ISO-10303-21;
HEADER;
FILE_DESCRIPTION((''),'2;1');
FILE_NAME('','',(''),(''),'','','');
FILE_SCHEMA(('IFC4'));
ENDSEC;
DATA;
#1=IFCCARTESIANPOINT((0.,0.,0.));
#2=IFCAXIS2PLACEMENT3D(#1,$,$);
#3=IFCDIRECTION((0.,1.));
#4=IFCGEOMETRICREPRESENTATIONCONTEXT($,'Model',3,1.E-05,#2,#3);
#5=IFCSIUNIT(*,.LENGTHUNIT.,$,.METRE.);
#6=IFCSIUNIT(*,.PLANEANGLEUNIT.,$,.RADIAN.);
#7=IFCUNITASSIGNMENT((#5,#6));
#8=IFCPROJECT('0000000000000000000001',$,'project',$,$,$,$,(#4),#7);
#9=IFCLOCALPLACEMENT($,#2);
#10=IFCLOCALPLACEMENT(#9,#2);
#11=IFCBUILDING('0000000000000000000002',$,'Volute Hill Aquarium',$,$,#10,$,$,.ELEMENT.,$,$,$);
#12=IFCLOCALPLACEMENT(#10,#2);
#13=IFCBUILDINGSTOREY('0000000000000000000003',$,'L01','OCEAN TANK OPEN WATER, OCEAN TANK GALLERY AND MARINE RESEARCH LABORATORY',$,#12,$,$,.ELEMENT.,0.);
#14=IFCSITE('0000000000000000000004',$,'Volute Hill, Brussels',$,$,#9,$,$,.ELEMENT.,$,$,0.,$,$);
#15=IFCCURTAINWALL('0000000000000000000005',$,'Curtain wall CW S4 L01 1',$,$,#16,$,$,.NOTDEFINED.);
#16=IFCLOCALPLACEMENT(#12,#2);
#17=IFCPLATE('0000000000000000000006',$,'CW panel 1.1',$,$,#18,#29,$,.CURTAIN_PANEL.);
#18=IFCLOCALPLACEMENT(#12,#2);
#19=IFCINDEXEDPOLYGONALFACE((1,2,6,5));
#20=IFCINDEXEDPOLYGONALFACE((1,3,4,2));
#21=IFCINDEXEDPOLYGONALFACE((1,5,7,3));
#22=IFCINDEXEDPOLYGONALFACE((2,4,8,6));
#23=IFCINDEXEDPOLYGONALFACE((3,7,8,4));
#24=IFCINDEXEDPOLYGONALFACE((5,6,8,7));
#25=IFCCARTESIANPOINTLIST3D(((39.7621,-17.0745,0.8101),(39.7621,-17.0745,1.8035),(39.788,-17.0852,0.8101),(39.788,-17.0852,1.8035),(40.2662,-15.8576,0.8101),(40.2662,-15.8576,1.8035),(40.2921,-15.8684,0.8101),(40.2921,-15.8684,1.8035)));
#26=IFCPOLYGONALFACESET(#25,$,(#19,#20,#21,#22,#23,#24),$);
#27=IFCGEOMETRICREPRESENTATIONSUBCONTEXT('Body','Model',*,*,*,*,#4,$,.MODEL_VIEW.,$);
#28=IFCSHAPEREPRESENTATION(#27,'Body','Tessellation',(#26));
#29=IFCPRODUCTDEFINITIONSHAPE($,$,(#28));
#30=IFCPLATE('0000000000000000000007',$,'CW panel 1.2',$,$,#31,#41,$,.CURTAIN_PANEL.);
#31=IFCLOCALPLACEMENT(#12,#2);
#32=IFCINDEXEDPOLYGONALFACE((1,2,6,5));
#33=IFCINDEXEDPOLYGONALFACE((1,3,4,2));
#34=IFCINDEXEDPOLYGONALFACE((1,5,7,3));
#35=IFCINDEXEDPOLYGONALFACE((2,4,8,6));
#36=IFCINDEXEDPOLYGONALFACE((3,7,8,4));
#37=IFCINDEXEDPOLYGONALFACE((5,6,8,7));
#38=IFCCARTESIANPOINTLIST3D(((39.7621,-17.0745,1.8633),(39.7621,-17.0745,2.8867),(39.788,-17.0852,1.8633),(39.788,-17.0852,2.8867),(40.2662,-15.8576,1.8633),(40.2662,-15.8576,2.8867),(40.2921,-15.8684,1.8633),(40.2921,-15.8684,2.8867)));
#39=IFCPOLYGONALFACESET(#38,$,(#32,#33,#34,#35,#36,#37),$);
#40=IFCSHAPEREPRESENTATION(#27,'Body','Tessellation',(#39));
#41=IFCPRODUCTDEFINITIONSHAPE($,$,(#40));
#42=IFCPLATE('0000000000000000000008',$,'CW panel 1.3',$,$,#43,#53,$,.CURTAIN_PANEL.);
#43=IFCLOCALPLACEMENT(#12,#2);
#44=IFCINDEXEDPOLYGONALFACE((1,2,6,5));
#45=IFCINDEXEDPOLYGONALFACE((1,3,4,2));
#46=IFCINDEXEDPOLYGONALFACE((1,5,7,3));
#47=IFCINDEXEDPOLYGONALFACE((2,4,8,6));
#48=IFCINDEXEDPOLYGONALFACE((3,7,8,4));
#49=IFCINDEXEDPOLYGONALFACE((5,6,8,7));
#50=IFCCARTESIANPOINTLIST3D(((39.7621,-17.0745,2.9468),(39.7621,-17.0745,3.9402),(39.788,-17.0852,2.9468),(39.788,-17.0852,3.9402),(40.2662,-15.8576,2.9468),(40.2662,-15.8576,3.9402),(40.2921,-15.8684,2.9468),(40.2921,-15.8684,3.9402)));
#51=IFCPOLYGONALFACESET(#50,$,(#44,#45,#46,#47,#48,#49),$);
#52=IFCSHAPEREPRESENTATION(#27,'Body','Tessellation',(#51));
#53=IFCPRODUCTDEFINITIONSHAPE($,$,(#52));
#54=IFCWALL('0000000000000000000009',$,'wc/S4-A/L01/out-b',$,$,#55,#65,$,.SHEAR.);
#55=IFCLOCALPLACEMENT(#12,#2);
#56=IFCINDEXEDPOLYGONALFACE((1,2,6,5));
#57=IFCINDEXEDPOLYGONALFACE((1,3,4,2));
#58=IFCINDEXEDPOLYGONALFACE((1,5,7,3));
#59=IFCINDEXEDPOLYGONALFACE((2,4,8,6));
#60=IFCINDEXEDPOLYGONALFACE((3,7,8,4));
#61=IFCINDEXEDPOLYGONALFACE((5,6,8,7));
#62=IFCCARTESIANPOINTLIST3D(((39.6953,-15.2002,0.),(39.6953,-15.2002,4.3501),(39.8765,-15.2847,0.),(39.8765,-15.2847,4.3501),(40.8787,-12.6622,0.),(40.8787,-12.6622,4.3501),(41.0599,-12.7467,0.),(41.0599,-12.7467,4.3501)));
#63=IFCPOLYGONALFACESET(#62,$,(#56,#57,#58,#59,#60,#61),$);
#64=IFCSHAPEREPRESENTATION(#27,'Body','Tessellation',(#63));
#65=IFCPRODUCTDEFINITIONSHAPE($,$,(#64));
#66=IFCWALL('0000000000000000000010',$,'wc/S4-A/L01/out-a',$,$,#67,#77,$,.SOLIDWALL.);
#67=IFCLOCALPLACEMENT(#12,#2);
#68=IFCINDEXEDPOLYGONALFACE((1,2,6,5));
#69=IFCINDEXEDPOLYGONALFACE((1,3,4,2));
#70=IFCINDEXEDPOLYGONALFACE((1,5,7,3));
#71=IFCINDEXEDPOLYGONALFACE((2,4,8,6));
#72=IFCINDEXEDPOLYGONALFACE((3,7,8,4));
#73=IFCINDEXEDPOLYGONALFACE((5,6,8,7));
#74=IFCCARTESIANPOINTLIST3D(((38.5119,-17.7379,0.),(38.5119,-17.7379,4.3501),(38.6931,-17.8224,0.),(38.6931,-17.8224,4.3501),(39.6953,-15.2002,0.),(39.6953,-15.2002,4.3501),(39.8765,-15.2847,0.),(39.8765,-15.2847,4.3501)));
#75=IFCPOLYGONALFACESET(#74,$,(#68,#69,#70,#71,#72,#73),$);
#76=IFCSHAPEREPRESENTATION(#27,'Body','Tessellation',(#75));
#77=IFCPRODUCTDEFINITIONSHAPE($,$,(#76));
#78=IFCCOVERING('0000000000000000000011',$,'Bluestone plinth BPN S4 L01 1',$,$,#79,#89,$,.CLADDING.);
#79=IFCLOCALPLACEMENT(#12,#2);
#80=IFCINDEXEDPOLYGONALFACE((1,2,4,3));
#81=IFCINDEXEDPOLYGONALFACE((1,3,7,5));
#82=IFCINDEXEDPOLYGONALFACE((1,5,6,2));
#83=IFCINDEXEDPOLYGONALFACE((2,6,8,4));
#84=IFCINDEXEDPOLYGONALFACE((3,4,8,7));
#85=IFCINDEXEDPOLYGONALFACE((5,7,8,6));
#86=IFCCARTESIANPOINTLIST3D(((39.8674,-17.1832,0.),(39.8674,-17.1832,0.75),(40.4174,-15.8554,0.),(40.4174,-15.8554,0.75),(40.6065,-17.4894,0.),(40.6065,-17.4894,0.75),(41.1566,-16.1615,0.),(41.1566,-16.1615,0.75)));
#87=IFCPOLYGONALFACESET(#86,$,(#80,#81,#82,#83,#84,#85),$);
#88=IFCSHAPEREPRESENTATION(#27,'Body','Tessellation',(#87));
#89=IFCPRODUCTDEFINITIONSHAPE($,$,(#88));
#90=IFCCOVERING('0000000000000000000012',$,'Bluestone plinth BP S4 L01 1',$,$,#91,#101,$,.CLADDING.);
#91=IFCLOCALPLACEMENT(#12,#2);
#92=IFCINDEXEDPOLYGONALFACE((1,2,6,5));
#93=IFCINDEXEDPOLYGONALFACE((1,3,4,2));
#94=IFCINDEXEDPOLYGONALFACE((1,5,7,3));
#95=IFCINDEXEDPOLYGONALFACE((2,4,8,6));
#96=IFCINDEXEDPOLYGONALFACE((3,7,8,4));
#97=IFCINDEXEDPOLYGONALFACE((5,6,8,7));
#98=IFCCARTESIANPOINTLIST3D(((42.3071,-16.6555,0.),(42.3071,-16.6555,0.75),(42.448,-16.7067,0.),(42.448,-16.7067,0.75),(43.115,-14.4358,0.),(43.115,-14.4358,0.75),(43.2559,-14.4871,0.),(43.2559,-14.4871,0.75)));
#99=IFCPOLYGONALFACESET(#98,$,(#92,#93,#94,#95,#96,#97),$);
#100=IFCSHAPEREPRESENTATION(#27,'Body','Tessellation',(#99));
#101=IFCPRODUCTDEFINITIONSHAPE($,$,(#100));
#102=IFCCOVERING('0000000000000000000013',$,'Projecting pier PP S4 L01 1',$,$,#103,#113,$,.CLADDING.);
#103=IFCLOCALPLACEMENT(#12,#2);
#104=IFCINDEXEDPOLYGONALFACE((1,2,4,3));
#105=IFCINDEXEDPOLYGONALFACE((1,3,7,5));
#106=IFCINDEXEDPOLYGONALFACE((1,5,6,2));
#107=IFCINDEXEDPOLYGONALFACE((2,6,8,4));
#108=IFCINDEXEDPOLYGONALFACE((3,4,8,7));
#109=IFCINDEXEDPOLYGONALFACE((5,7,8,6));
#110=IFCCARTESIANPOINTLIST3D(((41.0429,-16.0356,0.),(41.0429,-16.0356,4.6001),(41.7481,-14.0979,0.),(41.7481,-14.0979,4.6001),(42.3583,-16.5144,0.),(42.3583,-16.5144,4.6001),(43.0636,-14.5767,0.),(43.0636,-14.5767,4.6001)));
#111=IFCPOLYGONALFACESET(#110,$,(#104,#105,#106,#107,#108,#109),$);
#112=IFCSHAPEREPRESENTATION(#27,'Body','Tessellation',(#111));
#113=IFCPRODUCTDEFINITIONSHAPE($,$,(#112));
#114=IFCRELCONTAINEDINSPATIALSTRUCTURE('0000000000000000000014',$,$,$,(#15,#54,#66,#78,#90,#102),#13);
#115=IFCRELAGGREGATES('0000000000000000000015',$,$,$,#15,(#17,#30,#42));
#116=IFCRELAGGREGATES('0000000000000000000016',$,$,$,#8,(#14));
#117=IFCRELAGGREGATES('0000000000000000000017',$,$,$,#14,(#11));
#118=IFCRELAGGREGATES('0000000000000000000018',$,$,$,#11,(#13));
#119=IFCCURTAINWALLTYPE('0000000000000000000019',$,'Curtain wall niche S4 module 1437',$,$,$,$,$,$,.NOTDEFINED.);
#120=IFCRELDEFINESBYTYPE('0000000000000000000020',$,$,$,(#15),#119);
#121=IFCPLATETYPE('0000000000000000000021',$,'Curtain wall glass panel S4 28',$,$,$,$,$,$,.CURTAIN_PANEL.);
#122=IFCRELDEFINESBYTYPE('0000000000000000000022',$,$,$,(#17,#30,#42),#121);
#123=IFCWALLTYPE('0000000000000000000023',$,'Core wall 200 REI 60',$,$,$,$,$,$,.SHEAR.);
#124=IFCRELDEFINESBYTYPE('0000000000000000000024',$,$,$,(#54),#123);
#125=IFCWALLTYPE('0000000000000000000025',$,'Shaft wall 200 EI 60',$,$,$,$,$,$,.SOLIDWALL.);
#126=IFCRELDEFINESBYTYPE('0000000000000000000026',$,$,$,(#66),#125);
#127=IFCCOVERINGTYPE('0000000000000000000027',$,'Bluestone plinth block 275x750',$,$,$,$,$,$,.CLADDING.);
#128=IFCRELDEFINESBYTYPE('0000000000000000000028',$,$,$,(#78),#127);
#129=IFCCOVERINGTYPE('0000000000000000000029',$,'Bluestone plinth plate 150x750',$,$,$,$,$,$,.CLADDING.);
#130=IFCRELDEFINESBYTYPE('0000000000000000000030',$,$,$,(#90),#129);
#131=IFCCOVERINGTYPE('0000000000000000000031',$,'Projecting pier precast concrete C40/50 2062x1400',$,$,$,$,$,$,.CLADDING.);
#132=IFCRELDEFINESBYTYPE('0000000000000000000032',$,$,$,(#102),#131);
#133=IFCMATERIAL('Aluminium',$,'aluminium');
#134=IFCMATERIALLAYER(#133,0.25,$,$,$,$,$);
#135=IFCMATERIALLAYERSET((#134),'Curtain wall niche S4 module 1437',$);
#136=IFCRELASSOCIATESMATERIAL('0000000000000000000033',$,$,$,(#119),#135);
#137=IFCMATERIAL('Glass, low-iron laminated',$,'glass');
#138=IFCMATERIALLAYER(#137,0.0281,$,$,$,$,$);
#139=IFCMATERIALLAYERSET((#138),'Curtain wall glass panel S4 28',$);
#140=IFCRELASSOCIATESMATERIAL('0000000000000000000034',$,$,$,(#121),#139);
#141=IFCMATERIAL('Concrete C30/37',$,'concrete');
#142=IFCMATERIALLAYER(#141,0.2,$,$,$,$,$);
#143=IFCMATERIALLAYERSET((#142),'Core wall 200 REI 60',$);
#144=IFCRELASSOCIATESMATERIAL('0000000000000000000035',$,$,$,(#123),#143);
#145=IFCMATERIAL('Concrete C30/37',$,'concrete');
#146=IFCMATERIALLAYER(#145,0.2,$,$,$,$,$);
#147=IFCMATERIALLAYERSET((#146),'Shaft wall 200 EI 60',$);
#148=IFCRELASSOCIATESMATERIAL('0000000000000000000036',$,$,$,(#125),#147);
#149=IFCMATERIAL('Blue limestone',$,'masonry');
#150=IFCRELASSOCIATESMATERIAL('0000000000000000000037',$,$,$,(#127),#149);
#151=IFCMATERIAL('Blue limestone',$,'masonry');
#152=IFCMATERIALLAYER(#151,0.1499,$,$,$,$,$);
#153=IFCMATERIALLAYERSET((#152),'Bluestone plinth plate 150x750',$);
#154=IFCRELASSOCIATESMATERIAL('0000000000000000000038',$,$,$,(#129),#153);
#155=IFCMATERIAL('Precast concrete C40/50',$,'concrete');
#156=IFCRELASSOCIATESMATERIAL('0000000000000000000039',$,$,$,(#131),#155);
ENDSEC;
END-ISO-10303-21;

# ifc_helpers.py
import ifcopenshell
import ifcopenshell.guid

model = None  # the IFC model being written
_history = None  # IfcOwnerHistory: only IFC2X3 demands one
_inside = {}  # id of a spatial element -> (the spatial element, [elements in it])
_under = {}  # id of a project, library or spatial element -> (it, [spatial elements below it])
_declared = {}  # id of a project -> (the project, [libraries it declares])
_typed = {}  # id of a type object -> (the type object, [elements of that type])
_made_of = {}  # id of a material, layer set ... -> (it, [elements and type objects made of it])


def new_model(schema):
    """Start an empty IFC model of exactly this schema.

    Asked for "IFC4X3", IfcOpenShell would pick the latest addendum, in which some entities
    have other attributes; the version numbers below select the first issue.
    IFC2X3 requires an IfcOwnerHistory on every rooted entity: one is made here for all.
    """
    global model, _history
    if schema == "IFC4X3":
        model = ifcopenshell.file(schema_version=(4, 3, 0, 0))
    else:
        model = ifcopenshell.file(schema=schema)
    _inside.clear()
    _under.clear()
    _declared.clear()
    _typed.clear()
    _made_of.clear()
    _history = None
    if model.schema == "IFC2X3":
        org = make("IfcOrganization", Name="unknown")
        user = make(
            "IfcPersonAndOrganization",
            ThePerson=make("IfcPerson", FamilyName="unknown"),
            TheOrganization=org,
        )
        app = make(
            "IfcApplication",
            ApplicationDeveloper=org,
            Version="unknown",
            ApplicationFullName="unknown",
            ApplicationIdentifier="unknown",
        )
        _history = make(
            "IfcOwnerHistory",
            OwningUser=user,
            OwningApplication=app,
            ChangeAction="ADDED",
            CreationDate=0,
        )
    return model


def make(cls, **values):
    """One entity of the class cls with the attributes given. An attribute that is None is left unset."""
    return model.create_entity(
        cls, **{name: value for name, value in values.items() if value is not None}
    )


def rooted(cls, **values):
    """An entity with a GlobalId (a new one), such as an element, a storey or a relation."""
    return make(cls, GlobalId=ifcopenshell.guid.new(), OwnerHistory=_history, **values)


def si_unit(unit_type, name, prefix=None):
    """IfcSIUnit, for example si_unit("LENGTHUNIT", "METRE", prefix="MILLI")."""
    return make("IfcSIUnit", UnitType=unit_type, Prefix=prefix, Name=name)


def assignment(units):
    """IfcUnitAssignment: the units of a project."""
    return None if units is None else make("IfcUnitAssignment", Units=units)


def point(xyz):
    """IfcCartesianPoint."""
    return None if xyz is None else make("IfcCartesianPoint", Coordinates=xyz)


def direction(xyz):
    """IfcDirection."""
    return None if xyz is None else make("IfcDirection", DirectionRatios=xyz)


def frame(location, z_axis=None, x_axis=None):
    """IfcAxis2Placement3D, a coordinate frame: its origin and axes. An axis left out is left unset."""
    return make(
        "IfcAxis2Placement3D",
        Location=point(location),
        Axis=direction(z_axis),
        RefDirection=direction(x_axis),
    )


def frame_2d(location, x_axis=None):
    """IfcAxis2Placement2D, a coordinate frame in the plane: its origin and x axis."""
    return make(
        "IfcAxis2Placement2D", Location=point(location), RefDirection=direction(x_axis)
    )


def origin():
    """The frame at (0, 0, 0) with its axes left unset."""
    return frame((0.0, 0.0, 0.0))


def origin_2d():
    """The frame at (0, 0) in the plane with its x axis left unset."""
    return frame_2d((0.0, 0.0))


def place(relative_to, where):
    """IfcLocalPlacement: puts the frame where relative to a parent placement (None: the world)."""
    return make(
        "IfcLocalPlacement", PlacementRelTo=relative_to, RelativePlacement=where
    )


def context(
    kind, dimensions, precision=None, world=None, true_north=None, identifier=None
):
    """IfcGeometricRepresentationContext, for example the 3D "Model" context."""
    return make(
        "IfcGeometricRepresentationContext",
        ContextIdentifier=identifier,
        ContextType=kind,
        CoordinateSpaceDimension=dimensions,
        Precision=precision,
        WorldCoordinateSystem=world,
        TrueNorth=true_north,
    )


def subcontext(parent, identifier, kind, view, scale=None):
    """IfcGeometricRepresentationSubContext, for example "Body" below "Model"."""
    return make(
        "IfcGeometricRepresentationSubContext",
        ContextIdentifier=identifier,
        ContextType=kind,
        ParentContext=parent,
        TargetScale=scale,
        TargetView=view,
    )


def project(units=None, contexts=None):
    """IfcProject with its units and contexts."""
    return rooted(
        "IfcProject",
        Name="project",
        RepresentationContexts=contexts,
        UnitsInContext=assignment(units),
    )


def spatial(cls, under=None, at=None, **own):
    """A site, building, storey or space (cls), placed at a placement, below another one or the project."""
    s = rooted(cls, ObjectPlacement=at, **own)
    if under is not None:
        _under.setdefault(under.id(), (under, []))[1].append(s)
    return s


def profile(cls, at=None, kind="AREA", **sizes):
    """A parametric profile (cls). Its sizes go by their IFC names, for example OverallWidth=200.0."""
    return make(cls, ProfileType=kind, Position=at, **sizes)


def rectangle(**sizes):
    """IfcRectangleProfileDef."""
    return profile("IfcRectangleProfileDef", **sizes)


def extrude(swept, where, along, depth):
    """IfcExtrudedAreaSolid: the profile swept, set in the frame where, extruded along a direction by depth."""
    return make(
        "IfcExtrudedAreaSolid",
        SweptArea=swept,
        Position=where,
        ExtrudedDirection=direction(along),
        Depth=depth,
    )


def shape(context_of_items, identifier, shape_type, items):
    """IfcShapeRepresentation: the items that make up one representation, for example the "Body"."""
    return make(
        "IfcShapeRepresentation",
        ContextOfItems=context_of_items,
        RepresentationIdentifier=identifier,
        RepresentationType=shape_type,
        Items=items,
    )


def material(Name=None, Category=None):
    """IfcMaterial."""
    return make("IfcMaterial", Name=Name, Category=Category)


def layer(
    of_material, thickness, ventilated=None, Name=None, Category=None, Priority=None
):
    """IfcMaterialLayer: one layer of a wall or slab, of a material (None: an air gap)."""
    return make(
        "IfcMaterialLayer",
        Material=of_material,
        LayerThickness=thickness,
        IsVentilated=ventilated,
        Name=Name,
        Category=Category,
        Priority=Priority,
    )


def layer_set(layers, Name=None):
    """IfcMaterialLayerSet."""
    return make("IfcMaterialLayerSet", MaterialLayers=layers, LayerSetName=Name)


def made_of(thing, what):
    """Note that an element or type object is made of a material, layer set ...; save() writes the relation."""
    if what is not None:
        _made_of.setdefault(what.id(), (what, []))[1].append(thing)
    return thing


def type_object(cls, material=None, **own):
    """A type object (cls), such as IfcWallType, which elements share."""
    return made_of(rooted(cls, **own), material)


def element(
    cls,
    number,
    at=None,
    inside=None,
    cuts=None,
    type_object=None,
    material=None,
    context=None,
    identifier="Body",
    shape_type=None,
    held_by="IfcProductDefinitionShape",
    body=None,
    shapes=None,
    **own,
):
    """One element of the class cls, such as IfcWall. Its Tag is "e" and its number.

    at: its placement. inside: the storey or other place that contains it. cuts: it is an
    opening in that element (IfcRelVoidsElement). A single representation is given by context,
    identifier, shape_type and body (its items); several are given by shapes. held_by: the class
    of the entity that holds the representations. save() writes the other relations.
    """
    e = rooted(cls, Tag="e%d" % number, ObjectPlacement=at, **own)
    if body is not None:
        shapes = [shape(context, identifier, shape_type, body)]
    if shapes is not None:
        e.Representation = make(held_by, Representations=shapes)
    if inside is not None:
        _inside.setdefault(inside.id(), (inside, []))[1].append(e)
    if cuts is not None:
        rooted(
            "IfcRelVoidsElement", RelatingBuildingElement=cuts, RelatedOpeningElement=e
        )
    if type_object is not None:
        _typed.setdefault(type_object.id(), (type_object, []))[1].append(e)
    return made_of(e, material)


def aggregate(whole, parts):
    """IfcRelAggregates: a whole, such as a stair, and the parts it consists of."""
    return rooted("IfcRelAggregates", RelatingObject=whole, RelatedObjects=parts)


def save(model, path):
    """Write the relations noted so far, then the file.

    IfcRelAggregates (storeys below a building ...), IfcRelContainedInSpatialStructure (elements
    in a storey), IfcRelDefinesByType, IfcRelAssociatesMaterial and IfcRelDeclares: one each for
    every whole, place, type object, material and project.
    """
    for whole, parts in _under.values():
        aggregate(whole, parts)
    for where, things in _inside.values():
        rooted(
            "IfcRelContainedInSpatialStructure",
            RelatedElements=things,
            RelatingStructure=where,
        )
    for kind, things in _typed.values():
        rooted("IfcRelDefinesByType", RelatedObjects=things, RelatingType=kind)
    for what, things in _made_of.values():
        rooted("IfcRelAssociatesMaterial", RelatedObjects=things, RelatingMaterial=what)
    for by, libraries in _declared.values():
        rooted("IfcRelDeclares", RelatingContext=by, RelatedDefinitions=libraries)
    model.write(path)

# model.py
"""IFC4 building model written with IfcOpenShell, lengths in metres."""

from ifc_helpers import new_model, si_unit, direction, frame, frame_2d, origin, origin_2d, place, context, subcontext, project, spatial, rectangle, extrude, material, layer, layer_set, type_object, element, aggregate, save


model = new_model("IFC4")

# Units and contexts
model_context = context("Model", 3, precision=1e-05, world=origin(), true_north=direction((0.0, 1.0)))
body_context = subcontext(model_context, "Body", "Model", "MODEL_VIEW")
ifc_project = project(units=[si_unit("LENGTHUNIT", "METRE"), si_unit("PLANEANGLEUNIT", "RADIAN")], contexts=[model_context])

# Site, building, storey
site_placement = place(None, origin())
site = spatial("IfcSite", under=ifc_project, at=site_placement, Name="Volute Hill, Brussels", CompositionType="ELEMENT", RefElevation=0.0)
building_placement = place(site_placement, origin())
building = spatial("IfcBuilding", under=site, at=building_placement, Name="Volute Hill Aquarium", CompositionType="ELEMENT")
storey_placement = place(building_placement, origin())
storey = spatial("IfcBuildingStorey", under=building, at=storey_placement, Name="L01", Description="OCEAN TANK OPEN WATER, OCEAN TANK GALLERY AND MARINE RESEARCH LABORATORY", CompositionType="ELEMENT", Elevation=0.0)

# Curtain wall
ifc_material_1 = material(Name="Aluminium", Category="aluminium")
ifc_layer_1 = layer(ifc_material_1, 0.25)
ifc_layer_set_1 = layer_set([ifc_layer_1], Name="Curtain wall niche S4 module 1437")
curtain_wall_type_1 = type_object("IfcCurtainWallType", Name="Curtain wall niche S4 module 1437", PredefinedType="NOTDEFINED", material=ifc_layer_set_1)
curtain_wall_1_placement = place(storey_placement, origin())
curtain_wall_1 = element("IfcCurtainWall", 1, at=curtain_wall_1_placement, inside=storey, type_object=curtain_wall_type_1, Name="Curtain wall CW S4 L01 1", PredefinedType="NOTDEFINED")

# Plates
ifc_material_2 = material(Name="Glass, low-iron laminated", Category="glass")
ifc_layer_2 = layer(ifc_material_2, 0.0281)
ifc_layer_set_2 = layer_set([ifc_layer_2], Name="Curtain wall glass panel S4 28")
plate_type = type_object("IfcPlateType", Name="Curtain wall glass panel S4 28", PredefinedType="CURTAIN_PANEL", material=ifc_layer_set_2)
plate_1_placement = place(storey_placement, frame((40.0271, -16.4714, 0.8101), z_axis=(0.0, 0.0, 1.0), x_axis=(0.382697, 0.923874, 0.0)))
plate_1 = element("IfcPlate", 2, at=plate_1_placement, type_object=plate_type, Name="CW panel 1.1", PredefinedType="CURTAIN_PANEL", context=body_context, shape_type="SweptSolid", body=[
    extrude(rectangle(XDim=1.3171, YDim=0.0281, at=origin_2d()), origin(), (0.0, 0.0, 1.0), 0.9934),
])
plate_2_placement = place(storey_placement, frame((40.0271, -16.4714, 1.8633), z_axis=(0.0, 0.0, 1.0), x_axis=(0.382697, 0.923874, 0.0)))
plate_2 = element("IfcPlate", 3, at=plate_2_placement, type_object=plate_type, Name="CW panel 1.2", PredefinedType="CURTAIN_PANEL", context=body_context, shape_type="SweptSolid", body=[
    extrude(rectangle(XDim=1.3171, YDim=0.0281, at=origin_2d()), origin(), (0.0, 0.0, 1.0), 1.0234),
])
plate_3_placement = place(storey_placement, frame((40.0271, -16.4714, 2.9468), z_axis=(0.0, 0.0, 1.0), x_axis=(0.382697, 0.923874, 0.0)))
plate_3 = element("IfcPlate", 4, at=plate_3_placement, type_object=plate_type, Name="CW panel 1.3", PredefinedType="CURTAIN_PANEL", context=body_context, shape_type="SweptSolid", body=[
    extrude(rectangle(XDim=1.3171, YDim=0.0281, at=origin_2d()), origin(), (0.0, 0.0, 1.0), 0.9934),
])
aggregate(curtain_wall_1, [plate_1, plate_2, plate_3])

# Walls
ifc_material_3 = material(Name="Concrete C30/37", Category="concrete")
ifc_layer_3 = layer(ifc_material_3, 0.2)
ifc_layer_set_3 = layer_set([ifc_layer_3], Name="Core wall 200 REI 60")
wall_type_1 = type_object("IfcWallType", Name="Core wall 200 REI 60", PredefinedType="SHEAR", material=ifc_layer_set_3)
wall_1_placement = place(storey_placement, frame((39.7859, -15.2424, 0.0), z_axis=(0.0, 0.0, 1.0), x_axis=(0.422599, 0.906317, 0.0)))
element("IfcWall", 5, at=wall_1_placement, inside=storey, type_object=wall_type_1, Name="wc/S4-A/L01/out-b", PredefinedType="SHEAR", context=body_context, shape_type="SweptSolid", body=[
    extrude(rectangle(XDim=2.8003, YDim=0.2, at=frame_2d((1.4001, 0.0))), origin(), (0.0, 0.0, 1.0), 4.3501),
])
ifc_material_4 = material(Name="Concrete C30/37", Category="concrete")
ifc_layer_4 = layer(ifc_material_4, 0.2)
ifc_layer_set_4 = layer_set([ifc_layer_4], Name="Shaft wall 200 EI 60")
wall_type_2 = type_object("IfcWallType", Name="Shaft wall 200 EI 60", PredefinedType="SOLIDWALL", material=ifc_layer_set_4)
wall_2_placement = place(storey_placement, frame((38.6025, -17.78, 0.0), z_axis=(0.0, 0.0, 1.0), x_axis=(0.422632, 0.906301, 0.0)))
element("IfcWall", 6, at=wall_2_placement, inside=storey, type_object=wall_type_2, Name="wc/S4-A/L01/out-a", PredefinedType="SOLIDWALL", context=body_context, shape_type="SweptSolid", body=[
    extrude(rectangle(XDim=2.8, YDim=0.2, at=frame_2d((1.3999, 0.0))), origin(), (0.0, 0.0, 1.0), 4.3501),
])

# Coverings
ifc_material_5 = material(Name="Blue limestone", Category="masonry")
covering_type_1 = type_object("IfcCoveringType", Name="Bluestone plinth block 275x750", PredefinedType="CLADDING", material=ifc_material_5)
covering_1_placement = place(storey_placement, frame((40.512, -16.6724, 0.0), z_axis=(0.0, 0.0, 1.0), x_axis=(0.382696, 0.923874, 0.0)))
element("IfcCovering", 7, at=covering_1_placement, inside=storey, type_object=covering_type_1, Name="Bluestone plinth BPN S4 L01 1", PredefinedType="CLADDING", context=body_context, shape_type="SweptSolid", body=[
    extrude(rectangle(XDim=1.4373, YDim=0.8, at=origin_2d()), origin(), (0.0, 0.0, 1.0), 0.75),
])
ifc_material_6 = material(Name="Blue limestone", Category="masonry")
ifc_layer_5 = layer(ifc_material_6, 0.1499)
ifc_layer_set_5 = layer_set([ifc_layer_5], Name="Bluestone plinth plate 150x750")
covering_type_2 = type_object("IfcCoveringType", Name="Bluestone plinth plate 150x750", PredefinedType="CLADDING", material=ifc_layer_set_5)
covering_2_placement = place(storey_placement, frame((42.7815, -15.5713, 0.0), z_axis=(0.0, 0.0, 1.0), x_axis=(0.34202, 0.939693, 0.0)))
element("IfcCovering", 8, at=covering_2_placement, inside=storey, type_object=covering_type_2, Name="Bluestone plinth BP S4 L01 1", PredefinedType="CLADDING", context=body_context, shape_type="SweptSolid", body=[
    extrude(rectangle(XDim=2.3621, YDim=0.1499, at=origin_2d()), origin(), (0.0, 0.0, 1.0), 0.75),
])
ifc_material_7 = material(Name="Precast concrete C40/50", Category="concrete")
covering_type_3 = type_object("IfcCoveringType", Name="Projecting pier precast concrete C40/50 2062x1400", PredefinedType="CLADDING", material=ifc_material_7)
covering_3_placement = place(storey_placement, frame((42.0532, -15.3062, 0.0), z_axis=(0.0, 0.0, 1.0), x_axis=(0.34202, 0.939693, 0.0)))
element("IfcCovering", 9, at=covering_3_placement, inside=storey, type_object=covering_type_3, Name="Projecting pier PP S4 L01 1", PredefinedType="CLADDING", context=body_context, shape_type="SweptSolid", body=[
    extrude(rectangle(XDim=2.062, YDim=1.3999, at=origin_2d()), origin(), (0.0, 0.0, 1.0), 4.6001),
])

save(model, "model.ifc")
